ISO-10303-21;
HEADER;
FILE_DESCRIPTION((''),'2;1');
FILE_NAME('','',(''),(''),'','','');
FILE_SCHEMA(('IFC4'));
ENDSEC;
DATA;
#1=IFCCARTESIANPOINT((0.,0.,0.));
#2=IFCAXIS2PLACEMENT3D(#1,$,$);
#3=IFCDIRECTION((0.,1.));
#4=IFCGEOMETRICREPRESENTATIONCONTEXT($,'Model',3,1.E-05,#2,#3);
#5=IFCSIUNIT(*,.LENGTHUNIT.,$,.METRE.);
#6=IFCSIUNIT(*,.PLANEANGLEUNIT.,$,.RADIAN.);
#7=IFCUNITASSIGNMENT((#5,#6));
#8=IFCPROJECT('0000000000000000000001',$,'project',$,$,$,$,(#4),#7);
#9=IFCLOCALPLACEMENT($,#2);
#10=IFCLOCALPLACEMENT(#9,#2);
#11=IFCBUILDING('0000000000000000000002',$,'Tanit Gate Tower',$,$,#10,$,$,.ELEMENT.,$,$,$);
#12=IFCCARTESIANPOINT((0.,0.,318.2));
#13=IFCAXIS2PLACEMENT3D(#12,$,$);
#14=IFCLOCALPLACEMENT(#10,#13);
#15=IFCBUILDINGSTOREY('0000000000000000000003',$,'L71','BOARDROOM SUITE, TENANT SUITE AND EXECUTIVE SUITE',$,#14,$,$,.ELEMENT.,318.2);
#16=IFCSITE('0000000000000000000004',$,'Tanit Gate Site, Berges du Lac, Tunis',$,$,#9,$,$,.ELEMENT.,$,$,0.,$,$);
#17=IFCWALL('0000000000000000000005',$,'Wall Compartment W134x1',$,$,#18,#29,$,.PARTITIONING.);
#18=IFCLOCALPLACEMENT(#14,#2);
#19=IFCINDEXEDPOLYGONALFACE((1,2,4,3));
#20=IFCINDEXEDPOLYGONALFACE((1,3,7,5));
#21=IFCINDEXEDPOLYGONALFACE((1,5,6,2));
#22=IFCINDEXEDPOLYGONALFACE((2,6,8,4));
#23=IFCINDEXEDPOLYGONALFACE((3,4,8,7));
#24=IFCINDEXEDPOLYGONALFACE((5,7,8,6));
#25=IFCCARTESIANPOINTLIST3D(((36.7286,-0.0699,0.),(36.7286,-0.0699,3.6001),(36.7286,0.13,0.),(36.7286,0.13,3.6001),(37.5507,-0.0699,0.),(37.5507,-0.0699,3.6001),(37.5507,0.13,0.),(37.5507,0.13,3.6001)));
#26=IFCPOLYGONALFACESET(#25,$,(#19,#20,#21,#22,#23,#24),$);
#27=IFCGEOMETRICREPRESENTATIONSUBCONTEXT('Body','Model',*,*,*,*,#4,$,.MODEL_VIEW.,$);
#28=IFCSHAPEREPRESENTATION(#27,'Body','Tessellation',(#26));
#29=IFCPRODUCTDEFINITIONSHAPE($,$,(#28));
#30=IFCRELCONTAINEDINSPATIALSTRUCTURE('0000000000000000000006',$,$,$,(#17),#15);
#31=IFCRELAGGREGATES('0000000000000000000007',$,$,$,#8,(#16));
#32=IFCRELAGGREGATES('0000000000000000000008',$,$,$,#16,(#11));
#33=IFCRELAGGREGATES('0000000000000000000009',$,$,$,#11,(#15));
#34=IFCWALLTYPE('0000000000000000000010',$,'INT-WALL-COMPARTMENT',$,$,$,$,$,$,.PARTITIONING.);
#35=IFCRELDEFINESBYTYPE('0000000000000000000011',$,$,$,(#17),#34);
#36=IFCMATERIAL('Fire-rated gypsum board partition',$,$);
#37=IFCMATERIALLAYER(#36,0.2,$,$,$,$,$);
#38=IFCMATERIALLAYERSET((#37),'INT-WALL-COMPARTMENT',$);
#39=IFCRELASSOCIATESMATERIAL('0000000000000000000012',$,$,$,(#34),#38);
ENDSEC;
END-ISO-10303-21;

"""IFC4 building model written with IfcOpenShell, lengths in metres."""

from ifc_helpers import new_model, si_unit, direction, frame, frame_2d, origin, place, context, subcontext, project, spatial, rectangle, extrude, material, layer, layer_set, type_object, element, save


model = new_model("IFC4")

# Units and contexts
model_context = context("Model", 3, precision=1e-05, world=origin(), true_north=direction((0.0, 1.0)))
body_context = subcontext(model_context, "Body", "Model", "MODEL_VIEW")
ifc_project = project(units=[si_unit("LENGTHUNIT", "METRE"), si_unit("PLANEANGLEUNIT", "RADIAN")], contexts=[model_context])

# Site, building, storey
site_placement = place(None, origin())
site = spatial("IfcSite", under=ifc_project, at=site_placement, Name="Tanit Gate Site, Berges du Lac, Tunis", CompositionType="ELEMENT", RefElevation=0.0)
building_placement = place(site_placement, origin())
building = spatial("IfcBuilding", under=site, at=building_placement, Name="Tanit Gate Tower", CompositionType="ELEMENT")
storey_placement = place(building_placement, frame((0.0, 0.0, 318.2)))
storey = spatial("IfcBuildingStorey", under=building, at=storey_placement, Name="L71", Description="BOARDROOM SUITE, TENANT SUITE AND EXECUTIVE SUITE", CompositionType="ELEMENT", Elevation=318.2)

# Wall
ifc_material_1 = material(Name="Fire-rated gypsum board partition")
ifc_layer_1 = layer(ifc_material_1, 0.2)
ifc_layer_set_1 = layer_set([ifc_layer_1], Name="INT-WALL-COMPARTMENT")
wall_type_1 = type_object("IfcWallType", Name="INT-WALL-COMPARTMENT", PredefinedType="PARTITIONING", material=ifc_layer_set_1)
wall_1_placement = place(storey_placement, frame((36.7285, 0.03, 0.0), z_axis=(0.0, 0.0, 1.0), x_axis=(1.0, 0.0, 0.0)))
element("IfcWall", 1, at=wall_1_placement, inside=storey, type_object=wall_type_1, Name="Wall Compartment W134x1", PredefinedType="PARTITIONING", context=body_context, shape_type="SweptSolid", body=[
    extrude(rectangle(XDim=0.822, YDim=0.2, at=frame_2d((0.4111, 0.0))), origin(), (0.0, 0.0, 1.0), 3.6001),
])

save(model, "model.ifc")
